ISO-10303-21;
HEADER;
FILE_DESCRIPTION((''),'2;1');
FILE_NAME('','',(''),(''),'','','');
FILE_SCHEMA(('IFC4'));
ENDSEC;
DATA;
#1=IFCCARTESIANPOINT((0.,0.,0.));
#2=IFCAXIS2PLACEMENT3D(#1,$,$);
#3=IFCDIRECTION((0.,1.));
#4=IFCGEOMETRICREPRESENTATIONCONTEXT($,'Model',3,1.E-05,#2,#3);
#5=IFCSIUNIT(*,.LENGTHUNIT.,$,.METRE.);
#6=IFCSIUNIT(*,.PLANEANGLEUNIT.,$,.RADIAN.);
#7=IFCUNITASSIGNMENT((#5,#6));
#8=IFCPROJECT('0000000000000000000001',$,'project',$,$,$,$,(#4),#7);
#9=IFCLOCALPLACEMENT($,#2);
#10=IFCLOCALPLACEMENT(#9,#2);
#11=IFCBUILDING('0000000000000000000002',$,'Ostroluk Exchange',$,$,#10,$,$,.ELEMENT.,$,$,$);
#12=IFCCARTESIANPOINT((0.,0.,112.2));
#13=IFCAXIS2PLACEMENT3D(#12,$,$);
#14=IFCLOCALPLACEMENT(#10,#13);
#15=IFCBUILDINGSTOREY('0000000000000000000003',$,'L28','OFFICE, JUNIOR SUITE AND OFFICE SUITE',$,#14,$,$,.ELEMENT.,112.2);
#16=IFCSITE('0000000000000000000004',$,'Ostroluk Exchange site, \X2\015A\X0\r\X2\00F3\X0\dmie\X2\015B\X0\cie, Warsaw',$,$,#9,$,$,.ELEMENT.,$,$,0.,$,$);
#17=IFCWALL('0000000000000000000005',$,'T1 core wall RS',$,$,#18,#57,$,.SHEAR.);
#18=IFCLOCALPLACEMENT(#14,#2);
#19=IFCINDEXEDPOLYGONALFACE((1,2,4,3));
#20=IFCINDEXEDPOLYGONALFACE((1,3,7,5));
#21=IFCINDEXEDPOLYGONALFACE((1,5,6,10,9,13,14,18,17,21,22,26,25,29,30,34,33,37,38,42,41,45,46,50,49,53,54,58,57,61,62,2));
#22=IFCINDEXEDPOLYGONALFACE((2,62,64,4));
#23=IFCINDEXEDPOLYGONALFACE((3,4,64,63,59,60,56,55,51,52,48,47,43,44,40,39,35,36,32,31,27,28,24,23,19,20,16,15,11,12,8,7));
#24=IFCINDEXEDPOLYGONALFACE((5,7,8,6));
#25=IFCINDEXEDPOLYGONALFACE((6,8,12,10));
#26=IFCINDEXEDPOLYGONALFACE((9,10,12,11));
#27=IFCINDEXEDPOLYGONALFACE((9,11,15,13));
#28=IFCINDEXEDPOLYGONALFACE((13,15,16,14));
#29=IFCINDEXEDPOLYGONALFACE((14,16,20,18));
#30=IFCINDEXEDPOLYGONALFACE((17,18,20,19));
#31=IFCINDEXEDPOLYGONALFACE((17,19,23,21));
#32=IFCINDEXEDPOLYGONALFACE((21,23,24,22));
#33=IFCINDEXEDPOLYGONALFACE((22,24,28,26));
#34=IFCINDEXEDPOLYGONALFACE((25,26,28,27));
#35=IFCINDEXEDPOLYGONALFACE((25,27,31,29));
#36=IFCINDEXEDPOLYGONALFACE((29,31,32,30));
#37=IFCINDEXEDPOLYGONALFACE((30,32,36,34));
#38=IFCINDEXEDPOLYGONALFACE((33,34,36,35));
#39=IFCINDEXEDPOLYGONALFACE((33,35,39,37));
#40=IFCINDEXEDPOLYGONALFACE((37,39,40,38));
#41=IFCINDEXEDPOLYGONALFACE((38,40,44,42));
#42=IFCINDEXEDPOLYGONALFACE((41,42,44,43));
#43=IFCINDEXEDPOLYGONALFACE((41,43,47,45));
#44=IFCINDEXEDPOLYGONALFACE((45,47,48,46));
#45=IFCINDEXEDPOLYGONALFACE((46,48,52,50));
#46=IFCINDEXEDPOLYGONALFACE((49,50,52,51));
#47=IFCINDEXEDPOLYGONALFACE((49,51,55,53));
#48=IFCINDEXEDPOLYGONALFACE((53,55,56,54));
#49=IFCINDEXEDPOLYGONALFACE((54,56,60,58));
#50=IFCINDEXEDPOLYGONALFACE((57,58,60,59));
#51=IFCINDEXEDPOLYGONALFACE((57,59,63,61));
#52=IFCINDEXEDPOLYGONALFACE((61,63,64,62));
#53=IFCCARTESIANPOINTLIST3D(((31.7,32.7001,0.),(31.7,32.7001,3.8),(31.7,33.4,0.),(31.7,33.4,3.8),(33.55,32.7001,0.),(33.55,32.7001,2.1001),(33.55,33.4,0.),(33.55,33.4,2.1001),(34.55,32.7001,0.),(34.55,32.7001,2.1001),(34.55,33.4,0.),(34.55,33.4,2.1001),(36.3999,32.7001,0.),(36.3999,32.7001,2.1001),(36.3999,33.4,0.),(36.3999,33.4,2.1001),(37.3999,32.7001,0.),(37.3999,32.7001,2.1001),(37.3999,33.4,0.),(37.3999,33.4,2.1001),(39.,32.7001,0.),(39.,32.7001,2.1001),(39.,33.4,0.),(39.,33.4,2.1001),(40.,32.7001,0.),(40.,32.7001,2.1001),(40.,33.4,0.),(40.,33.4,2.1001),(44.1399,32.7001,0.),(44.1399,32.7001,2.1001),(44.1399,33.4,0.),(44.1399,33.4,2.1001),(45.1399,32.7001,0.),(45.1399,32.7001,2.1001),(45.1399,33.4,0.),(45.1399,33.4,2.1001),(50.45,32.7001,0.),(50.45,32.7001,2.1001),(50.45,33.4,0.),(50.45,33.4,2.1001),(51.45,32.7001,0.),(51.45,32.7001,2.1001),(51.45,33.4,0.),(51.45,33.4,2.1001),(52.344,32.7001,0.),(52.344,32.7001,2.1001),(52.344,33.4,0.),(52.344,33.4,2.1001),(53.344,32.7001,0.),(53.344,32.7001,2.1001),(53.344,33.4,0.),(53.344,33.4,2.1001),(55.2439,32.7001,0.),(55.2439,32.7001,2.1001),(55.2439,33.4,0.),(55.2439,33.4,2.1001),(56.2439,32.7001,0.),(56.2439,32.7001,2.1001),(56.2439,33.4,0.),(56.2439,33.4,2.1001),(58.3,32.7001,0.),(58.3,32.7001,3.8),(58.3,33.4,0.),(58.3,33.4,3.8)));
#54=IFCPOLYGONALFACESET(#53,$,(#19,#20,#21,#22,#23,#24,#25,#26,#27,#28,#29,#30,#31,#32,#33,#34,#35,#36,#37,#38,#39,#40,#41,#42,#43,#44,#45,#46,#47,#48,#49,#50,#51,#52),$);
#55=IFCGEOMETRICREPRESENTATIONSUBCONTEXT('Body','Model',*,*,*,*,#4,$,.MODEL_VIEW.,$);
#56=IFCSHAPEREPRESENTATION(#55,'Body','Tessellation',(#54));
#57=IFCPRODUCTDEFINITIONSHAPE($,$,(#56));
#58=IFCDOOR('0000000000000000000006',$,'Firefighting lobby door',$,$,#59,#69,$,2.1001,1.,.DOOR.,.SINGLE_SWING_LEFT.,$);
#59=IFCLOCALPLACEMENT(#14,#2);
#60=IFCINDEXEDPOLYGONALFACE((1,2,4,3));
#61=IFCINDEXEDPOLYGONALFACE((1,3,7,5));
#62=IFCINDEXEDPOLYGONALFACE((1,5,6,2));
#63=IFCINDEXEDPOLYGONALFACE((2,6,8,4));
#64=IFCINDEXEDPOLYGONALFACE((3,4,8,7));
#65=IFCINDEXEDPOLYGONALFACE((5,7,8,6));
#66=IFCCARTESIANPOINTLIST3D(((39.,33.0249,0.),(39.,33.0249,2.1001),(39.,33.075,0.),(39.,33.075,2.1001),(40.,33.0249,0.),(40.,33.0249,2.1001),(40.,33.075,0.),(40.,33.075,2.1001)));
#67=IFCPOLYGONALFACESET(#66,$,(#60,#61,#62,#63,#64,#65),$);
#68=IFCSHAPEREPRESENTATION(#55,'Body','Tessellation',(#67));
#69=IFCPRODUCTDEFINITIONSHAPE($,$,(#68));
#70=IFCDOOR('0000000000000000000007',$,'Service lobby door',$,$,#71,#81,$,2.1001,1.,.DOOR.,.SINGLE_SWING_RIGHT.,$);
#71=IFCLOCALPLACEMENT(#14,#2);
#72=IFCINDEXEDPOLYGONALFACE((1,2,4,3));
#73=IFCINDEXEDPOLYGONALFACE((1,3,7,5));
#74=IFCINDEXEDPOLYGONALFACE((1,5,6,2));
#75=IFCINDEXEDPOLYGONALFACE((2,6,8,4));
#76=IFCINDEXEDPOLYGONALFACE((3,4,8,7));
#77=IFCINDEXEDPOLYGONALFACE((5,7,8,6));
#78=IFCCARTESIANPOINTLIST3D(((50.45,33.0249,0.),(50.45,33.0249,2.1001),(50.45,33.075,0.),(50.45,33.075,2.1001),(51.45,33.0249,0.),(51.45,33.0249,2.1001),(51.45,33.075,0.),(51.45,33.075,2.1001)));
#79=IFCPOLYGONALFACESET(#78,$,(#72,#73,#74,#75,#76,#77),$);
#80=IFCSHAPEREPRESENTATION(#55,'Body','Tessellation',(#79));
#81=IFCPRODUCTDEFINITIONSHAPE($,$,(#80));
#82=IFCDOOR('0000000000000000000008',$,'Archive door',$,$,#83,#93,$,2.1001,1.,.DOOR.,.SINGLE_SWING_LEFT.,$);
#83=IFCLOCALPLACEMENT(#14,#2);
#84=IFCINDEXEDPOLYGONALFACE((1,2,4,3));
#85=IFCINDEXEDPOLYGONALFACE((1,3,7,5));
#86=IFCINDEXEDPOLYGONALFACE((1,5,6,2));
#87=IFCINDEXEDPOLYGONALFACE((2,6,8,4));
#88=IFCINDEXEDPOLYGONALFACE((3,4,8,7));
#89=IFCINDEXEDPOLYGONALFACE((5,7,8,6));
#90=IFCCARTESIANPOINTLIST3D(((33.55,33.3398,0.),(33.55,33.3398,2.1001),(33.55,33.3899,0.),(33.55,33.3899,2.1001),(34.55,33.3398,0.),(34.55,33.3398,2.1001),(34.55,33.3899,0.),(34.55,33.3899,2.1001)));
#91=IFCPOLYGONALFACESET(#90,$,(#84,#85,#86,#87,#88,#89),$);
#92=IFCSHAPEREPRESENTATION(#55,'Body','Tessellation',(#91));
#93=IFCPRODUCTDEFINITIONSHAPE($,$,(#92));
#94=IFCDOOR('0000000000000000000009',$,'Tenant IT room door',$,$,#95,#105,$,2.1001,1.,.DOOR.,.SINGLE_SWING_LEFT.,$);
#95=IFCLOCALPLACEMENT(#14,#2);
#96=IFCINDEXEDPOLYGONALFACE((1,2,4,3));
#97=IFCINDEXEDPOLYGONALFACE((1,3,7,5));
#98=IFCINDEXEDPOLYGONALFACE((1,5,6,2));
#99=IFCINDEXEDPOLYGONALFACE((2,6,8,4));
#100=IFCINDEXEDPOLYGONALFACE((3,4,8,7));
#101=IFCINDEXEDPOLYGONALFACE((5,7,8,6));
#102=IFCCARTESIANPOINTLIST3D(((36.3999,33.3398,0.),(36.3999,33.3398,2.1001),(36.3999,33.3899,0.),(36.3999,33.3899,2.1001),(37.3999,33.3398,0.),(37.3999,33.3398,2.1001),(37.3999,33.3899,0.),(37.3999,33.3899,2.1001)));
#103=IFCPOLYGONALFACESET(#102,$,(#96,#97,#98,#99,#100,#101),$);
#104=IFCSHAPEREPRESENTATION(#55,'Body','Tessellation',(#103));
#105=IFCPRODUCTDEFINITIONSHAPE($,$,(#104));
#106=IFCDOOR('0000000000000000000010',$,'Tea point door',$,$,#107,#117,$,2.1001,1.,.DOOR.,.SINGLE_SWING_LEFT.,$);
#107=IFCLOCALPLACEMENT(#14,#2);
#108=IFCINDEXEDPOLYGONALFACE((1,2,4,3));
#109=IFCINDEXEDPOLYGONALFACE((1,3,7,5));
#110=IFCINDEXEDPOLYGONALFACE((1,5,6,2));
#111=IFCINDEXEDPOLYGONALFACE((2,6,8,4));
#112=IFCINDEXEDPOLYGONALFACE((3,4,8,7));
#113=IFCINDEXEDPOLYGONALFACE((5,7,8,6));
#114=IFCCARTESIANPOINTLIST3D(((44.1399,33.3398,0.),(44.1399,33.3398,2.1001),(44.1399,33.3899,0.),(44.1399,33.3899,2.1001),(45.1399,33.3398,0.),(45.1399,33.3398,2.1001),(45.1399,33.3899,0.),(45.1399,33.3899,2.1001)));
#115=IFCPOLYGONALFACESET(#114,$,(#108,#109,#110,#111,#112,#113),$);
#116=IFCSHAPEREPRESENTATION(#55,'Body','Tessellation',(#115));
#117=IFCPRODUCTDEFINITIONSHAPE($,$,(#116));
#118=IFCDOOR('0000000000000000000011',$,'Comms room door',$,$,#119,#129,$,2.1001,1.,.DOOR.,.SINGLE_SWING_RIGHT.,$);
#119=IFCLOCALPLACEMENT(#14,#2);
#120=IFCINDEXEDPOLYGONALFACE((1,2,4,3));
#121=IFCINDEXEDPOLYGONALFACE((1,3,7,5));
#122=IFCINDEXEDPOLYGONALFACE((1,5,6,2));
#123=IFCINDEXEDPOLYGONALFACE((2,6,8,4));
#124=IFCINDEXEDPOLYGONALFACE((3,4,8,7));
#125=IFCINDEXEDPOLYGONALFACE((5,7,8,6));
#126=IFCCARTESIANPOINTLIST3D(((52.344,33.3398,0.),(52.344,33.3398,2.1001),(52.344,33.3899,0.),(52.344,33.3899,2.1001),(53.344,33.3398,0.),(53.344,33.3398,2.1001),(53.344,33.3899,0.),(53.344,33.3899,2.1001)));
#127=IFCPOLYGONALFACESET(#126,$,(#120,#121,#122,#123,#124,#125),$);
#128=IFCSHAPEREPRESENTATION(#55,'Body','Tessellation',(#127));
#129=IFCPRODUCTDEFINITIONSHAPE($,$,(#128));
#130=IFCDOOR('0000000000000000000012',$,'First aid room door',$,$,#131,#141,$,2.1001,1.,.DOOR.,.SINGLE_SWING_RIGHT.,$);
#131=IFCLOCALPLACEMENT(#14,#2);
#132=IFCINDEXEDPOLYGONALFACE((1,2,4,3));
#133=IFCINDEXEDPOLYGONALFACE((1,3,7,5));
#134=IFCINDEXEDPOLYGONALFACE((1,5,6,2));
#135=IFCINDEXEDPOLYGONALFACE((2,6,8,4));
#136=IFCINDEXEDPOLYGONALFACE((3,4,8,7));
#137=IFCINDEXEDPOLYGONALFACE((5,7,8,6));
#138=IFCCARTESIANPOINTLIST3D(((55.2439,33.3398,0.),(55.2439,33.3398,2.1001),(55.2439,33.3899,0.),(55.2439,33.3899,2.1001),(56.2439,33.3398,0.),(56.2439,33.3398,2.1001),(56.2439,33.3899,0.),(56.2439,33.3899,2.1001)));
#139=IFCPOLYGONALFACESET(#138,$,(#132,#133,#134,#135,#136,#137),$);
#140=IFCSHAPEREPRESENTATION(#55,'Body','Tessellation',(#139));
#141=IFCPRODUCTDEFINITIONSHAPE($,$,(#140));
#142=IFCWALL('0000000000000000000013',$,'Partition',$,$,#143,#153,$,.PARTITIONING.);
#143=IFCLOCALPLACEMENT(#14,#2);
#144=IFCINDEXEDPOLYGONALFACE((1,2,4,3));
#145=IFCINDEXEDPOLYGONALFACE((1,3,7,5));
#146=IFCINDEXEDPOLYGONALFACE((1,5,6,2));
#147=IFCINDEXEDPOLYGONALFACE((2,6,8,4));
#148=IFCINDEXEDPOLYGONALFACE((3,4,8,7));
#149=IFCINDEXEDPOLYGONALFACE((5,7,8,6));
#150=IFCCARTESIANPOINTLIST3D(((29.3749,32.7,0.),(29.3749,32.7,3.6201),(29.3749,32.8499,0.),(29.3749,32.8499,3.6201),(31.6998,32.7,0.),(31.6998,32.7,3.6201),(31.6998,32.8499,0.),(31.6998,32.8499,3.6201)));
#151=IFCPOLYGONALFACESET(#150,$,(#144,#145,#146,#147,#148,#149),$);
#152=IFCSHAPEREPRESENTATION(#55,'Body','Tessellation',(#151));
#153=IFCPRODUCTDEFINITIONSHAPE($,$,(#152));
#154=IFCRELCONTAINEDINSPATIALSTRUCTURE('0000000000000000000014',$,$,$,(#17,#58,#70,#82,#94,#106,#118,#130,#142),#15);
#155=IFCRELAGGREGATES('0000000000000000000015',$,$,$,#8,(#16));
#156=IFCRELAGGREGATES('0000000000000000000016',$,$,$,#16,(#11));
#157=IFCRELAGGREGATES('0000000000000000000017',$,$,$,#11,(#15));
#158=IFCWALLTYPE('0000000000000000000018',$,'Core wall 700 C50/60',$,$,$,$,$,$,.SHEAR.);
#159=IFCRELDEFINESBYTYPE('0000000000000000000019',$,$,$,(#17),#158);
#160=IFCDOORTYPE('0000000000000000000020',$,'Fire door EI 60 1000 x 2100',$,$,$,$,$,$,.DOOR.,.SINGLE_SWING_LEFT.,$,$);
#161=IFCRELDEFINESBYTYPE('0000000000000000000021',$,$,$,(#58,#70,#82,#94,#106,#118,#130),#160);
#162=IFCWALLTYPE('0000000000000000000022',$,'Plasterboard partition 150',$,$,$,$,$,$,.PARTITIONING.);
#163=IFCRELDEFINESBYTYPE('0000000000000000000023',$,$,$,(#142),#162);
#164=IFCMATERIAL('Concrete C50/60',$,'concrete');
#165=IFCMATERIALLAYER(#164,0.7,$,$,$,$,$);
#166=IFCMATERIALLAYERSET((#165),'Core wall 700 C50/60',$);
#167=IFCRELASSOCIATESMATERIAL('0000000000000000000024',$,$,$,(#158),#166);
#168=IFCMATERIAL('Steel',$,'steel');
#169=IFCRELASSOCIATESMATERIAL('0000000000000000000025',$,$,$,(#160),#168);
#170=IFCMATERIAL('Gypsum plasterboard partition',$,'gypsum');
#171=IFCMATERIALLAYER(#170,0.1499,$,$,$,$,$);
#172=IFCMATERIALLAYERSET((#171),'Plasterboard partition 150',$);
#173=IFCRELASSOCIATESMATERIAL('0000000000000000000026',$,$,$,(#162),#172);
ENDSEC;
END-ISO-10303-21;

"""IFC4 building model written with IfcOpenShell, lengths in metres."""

from ifc_helpers import new_model, si_unit, direction, frame, frame_2d, origin, place, context, subcontext, project, spatial, rectangle, extrude, material, layer, layer_set, type_object, element, fill, save


model = new_model("IFC4")

# Units and contexts
model_context = context("Model", 3, precision=1e-05, world=origin(), true_north=direction((0.0, 1.0)))
body_context = subcontext(model_context, "Body", "Model", "MODEL_VIEW")
ifc_project = project(units=[si_unit("LENGTHUNIT", "METRE"), si_unit("PLANEANGLEUNIT", "RADIAN")], contexts=[model_context])

# Site, building, storey
site_placement = place(None, origin())
site = spatial("IfcSite", under=ifc_project, at=site_placement, Name="Ostroluk Exchange site, Śródmieście, Warsaw", CompositionType="ELEMENT", RefElevation=0.0)
building_placement = place(site_placement, origin())
building = spatial("IfcBuilding", under=site, at=building_placement, Name="Ostroluk Exchange", CompositionType="ELEMENT")
storey_placement = place(building_placement, frame((0.0, 0.0, 112.2)))
storey = spatial("IfcBuildingStorey", under=building, at=storey_placement, Name="L28", Description="OFFICE, JUNIOR SUITE AND OFFICE SUITE", CompositionType="ELEMENT", Elevation=112.2)

# Wall, openings, doors
ifc_material_1 = material(Name="Concrete C50/60", Category="concrete")
ifc_layer_1 = layer(ifc_material_1, 0.7)
ifc_layer_set_1 = layer_set([ifc_layer_1], Name="Core wall 700 C50/60")
wall_type_1 = type_object("IfcWallType", Name="Core wall 700 C50/60", PredefinedType="SHEAR", material=ifc_layer_set_1)
wall_1_placement = place(storey_placement, frame((31.7, 33.05, 0.0), z_axis=(0.0, 0.0, 1.0), x_axis=(1.0, 0.0, 0.0)))
wall_1 = element("IfcWall", 1, at=wall_1_placement, inside=storey, type_object=wall_type_1, Name="T1 core wall RS", PredefinedType="SHEAR", context=body_context, shape_type="SweptSolid", body=[
    extrude(rectangle(XDim=26.6001, YDim=0.7, at=frame_2d((13.3, 0.0))), origin(), (0.0, 0.0, 1.0), 3.8),
])
opening_1_placement = place(wall_1_placement, frame((7.3, 0.0, 0.0)))
opening_1 = element("IfcOpeningElement", 2, at=opening_1_placement, cuts=wall_1, PredefinedType="OPENING", context=body_context, shape_type="SweptSolid", body=[
    extrude(rectangle(XDim=1.0, YDim=2.1001, at=frame_2d((0.5, 1.05))), frame((0.0, 0.3599, 0.0), z_axis=(0.0, -1.0, 0.0), x_axis=(1.0, 0.0, 0.0)), (0.0, 0.0, 1.0), 0.72),
])
opening_2_placement = place(wall_1_placement, frame((18.75, 0.0, 0.0)))
opening_2 = element("IfcOpeningElement", 3, at=opening_2_placement, cuts=wall_1, PredefinedType="OPENING", context=body_context, shape_type="SweptSolid", body=[
    extrude(rectangle(XDim=1.0, YDim=2.1001, at=frame_2d((0.5, 1.05))), frame((0.0, 0.3599, 0.0), z_axis=(0.0, -1.0, 0.0), x_axis=(1.0, 0.0, 0.0)), (0.0, 0.0, 1.0), 0.72),
])
opening_3_placement = place(wall_1_placement, frame((1.8501, 0.0, 0.0)))
opening_3 = element("IfcOpeningElement", 4, at=opening_3_placement, cuts=wall_1, PredefinedType="OPENING", context=body_context, shape_type="SweptSolid", body=[
    extrude(rectangle(XDim=1.0, YDim=2.1001, at=frame_2d((0.5, 1.05))), frame((0.0, 0.3599, 0.0), z_axis=(0.0, -1.0, 0.0), x_axis=(1.0, 0.0, 0.0)), (0.0, 0.0, 1.0), 0.72),
])
opening_4_placement = place(wall_1_placement, frame((4.7, 0.0, 0.0)))
opening_4 = element("IfcOpeningElement", 5, at=opening_4_placement, cuts=wall_1, PredefinedType="OPENING", context=body_context, shape_type="SweptSolid", body=[
    extrude(rectangle(XDim=1.0, YDim=2.1001, at=frame_2d((0.5, 1.05))), frame((0.0, 0.3599, 0.0), z_axis=(0.0, -1.0, 0.0), x_axis=(1.0, 0.0, 0.0)), (0.0, 0.0, 1.0), 0.72),
])
opening_5_placement = place(wall_1_placement, frame((12.4399, 0.0, 0.0)))
opening_5 = element("IfcOpeningElement", 6, at=opening_5_placement, cuts=wall_1, PredefinedType="OPENING", context=body_context, shape_type="SweptSolid", body=[
    extrude(rectangle(XDim=1.0, YDim=2.1001, at=frame_2d((0.5, 1.05))), frame((0.0, 0.3599, 0.0), z_axis=(0.0, -1.0, 0.0), x_axis=(1.0, 0.0, 0.0)), (0.0, 0.0, 1.0), 0.72),
])
opening_6_placement = place(wall_1_placement, frame((20.644, 0.0, 0.0)))
opening_6 = element("IfcOpeningElement", 7, at=opening_6_placement, cuts=wall_1, PredefinedType="OPENING", context=body_context, shape_type="SweptSolid", body=[
    extrude(rectangle(XDim=1.0, YDim=2.1001, at=frame_2d((0.5, 1.05))), frame((0.0, 0.3599, 0.0), z_axis=(0.0, -1.0, 0.0), x_axis=(1.0, 0.0, 0.0)), (0.0, 0.0, 1.0), 0.72),
])
opening_7_placement = place(wall_1_placement, frame((23.5439, 0.0, 0.0)))
opening_7 = element("IfcOpeningElement", 8, at=opening_7_placement, cuts=wall_1, PredefinedType="OPENING", context=body_context, shape_type="SweptSolid", body=[
    extrude(rectangle(XDim=1.0, YDim=2.1001, at=frame_2d((0.5, 1.05))), frame((0.0, 0.3599, 0.0), z_axis=(0.0, -1.0, 0.0), x_axis=(1.0, 0.0, 0.0)), (0.0, 0.0, 1.0), 0.72),
])
ifc_material_2 = material(Name="Steel", Category="steel")
door_type_1 = type_object("IfcDoorType", Name="Fire door EI 60 1000 x 2100", OperationType="SINGLE_SWING_LEFT", PredefinedType="DOOR", material=ifc_material_2)
door_1_placement = place(opening_1_placement, origin())
door_1 = element("IfcDoor", 9, at=door_1_placement, inside=storey, type_object=door_type_1, Name="Firefighting lobby door", OperationType="SINGLE_SWING_LEFT", OverallHeight=2.1001, OverallWidth=1.0, PredefinedType="DOOR", context=body_context, shape_type="SweptSolid", body=[
    extrude(rectangle(XDim=1.0, YDim=2.1001, at=frame_2d((0.5, 1.05))), frame((0.0, 0.0249, 0.0), z_axis=(0.0, -1.0, 0.0), x_axis=(1.0, 0.0, 0.0)), (0.0, 0.0, 1.0), 0.05),
])
fill(opening_1, door_1)
door_2_placement = place(opening_2_placement, origin())
door_2 = element("IfcDoor", 10, at=door_2_placement, inside=storey, type_object=door_type_1, Name="Service lobby door", OperationType="SINGLE_SWING_RIGHT", OverallHeight=2.1001, OverallWidth=1.0, PredefinedType="DOOR", context=body_context, shape_type="SweptSolid", body=[
    extrude(rectangle(XDim=1.0, YDim=2.1001, at=frame_2d((0.5, 1.05))), frame((0.0, 0.0249, 0.0), z_axis=(0.0, -1.0, 0.0), x_axis=(1.0, 0.0, 0.0)), (0.0, 0.0, 1.0), 0.05),
])
fill(opening_2, door_2)
door_3_placement = place(opening_3_placement, origin())
door_3 = element("IfcDoor", 11, at=door_3_placement, inside=storey, type_object=door_type_1, Name="Archive door", OperationType="SINGLE_SWING_LEFT", OverallHeight=2.1001, OverallWidth=1.0, PredefinedType="DOOR", context=body_context, shape_type="SweptSolid", body=[
    extrude(rectangle(XDim=1.0, YDim=2.1001, at=frame_2d((0.5, 1.05))), frame((0.0, 0.3398, 0.0), z_axis=(0.0, -1.0, 0.0), x_axis=(1.0, 0.0, 0.0)), (0.0, 0.0, 1.0), 0.05),
])
fill(opening_3, door_3)
door_4_placement = place(opening_4_placement, origin())
door_4 = element("IfcDoor", 12, at=door_4_placement, inside=storey, type_object=door_type_1, Name="Tenant IT room door", OperationType="SINGLE_SWING_LEFT", OverallHeight=2.1001, OverallWidth=1.0, PredefinedType="DOOR", context=body_context, shape_type="SweptSolid", body=[
    extrude(rectangle(XDim=1.0, YDim=2.1001, at=frame_2d((0.5, 1.05))), frame((0.0, 0.3398, 0.0), z_axis=(0.0, -1.0, 0.0), x_axis=(1.0, 0.0, 0.0)), (0.0, 0.0, 1.0), 0.05),
])
fill(opening_4, door_4)
door_5_placement = place(opening_5_placement, origin())
door_5 = element("IfcDoor", 13, at=door_5_placement, inside=storey, type_object=door_type_1, Name="Tea point door", OperationType="SINGLE_SWING_LEFT", OverallHeight=2.1001, OverallWidth=1.0, PredefinedType="DOOR", context=body_context, shape_type="SweptSolid", body=[
    extrude(rectangle(XDim=1.0, YDim=2.1001, at=frame_2d((0.5, 1.05))), frame((0.0, 0.3398, 0.0), z_axis=(0.0, -1.0, 0.0), x_axis=(1.0, 0.0, 0.0)), (0.0, 0.0, 1.0), 0.05),
])
fill(opening_5, door_5)
door_6_placement = place(opening_6_placement, origin())
door_6 = element("IfcDoor", 14, at=door_6_placement, inside=storey, type_object=door_type_1, Name="Comms room door", OperationType="SINGLE_SWING_RIGHT", OverallHeight=2.1001, OverallWidth=1.0, PredefinedType="DOOR", context=body_context, shape_type="SweptSolid", body=[
    extrude(rectangle(XDim=1.0, YDim=2.1001, at=frame_2d((0.5, 1.05))), frame((0.0, 0.3398, 0.0), z_axis=(0.0, -1.0, 0.0), x_axis=(1.0, 0.0, 0.0)), (0.0, 0.0, 1.0), 0.05),
])
fill(opening_6, door_6)
door_7_placement = place(opening_7_placement, origin())
door_7 = element("IfcDoor", 15, at=door_7_placement, inside=storey, type_object=door_type_1, Name="First aid room door", OperationType="SINGLE_SWING_RIGHT", OverallHeight=2.1001, OverallWidth=1.0, PredefinedType="DOOR", context=body_context, shape_type="SweptSolid", body=[
    extrude(rectangle(XDim=1.0, YDim=2.1001, at=frame_2d((0.5, 1.05))), frame((0.0, 0.3398, 0.0), z_axis=(0.0, -1.0, 0.0), x_axis=(1.0, 0.0, 0.0)), (0.0, 0.0, 1.0), 0.05),
])
fill(opening_7, door_7)

# Wall
ifc_material_3 = material(Name="Gypsum plasterboard partition", Category="gypsum")
ifc_layer_2 = layer(ifc_material_3, 0.1499)
ifc_layer_set_2 = layer_set([ifc_layer_2], Name="Plasterboard partition 150")
wall_type_2 = type_object("IfcWallType", Name="Plasterboard partition 150", PredefinedType="PARTITIONING", material=ifc_layer_set_2)
wall_2_placement = place(storey_placement, frame((31.7, 32.7749, 0.0), z_axis=(0.0, 0.0, 1.0), x_axis=(-1.0, 0.0, 0.0)))
element("IfcWall", 16, at=wall_2_placement, inside=storey, type_object=wall_type_2, Name="Partition", PredefinedType="PARTITIONING", context=body_context, shape_type="SweptSolid", body=[
    extrude(rectangle(XDim=2.325, YDim=0.1499, at=frame_2d((1.1626, 0.0))), origin(), (0.0, 0.0, 1.0), 3.6201),
])

save(model, "model.ifc")
